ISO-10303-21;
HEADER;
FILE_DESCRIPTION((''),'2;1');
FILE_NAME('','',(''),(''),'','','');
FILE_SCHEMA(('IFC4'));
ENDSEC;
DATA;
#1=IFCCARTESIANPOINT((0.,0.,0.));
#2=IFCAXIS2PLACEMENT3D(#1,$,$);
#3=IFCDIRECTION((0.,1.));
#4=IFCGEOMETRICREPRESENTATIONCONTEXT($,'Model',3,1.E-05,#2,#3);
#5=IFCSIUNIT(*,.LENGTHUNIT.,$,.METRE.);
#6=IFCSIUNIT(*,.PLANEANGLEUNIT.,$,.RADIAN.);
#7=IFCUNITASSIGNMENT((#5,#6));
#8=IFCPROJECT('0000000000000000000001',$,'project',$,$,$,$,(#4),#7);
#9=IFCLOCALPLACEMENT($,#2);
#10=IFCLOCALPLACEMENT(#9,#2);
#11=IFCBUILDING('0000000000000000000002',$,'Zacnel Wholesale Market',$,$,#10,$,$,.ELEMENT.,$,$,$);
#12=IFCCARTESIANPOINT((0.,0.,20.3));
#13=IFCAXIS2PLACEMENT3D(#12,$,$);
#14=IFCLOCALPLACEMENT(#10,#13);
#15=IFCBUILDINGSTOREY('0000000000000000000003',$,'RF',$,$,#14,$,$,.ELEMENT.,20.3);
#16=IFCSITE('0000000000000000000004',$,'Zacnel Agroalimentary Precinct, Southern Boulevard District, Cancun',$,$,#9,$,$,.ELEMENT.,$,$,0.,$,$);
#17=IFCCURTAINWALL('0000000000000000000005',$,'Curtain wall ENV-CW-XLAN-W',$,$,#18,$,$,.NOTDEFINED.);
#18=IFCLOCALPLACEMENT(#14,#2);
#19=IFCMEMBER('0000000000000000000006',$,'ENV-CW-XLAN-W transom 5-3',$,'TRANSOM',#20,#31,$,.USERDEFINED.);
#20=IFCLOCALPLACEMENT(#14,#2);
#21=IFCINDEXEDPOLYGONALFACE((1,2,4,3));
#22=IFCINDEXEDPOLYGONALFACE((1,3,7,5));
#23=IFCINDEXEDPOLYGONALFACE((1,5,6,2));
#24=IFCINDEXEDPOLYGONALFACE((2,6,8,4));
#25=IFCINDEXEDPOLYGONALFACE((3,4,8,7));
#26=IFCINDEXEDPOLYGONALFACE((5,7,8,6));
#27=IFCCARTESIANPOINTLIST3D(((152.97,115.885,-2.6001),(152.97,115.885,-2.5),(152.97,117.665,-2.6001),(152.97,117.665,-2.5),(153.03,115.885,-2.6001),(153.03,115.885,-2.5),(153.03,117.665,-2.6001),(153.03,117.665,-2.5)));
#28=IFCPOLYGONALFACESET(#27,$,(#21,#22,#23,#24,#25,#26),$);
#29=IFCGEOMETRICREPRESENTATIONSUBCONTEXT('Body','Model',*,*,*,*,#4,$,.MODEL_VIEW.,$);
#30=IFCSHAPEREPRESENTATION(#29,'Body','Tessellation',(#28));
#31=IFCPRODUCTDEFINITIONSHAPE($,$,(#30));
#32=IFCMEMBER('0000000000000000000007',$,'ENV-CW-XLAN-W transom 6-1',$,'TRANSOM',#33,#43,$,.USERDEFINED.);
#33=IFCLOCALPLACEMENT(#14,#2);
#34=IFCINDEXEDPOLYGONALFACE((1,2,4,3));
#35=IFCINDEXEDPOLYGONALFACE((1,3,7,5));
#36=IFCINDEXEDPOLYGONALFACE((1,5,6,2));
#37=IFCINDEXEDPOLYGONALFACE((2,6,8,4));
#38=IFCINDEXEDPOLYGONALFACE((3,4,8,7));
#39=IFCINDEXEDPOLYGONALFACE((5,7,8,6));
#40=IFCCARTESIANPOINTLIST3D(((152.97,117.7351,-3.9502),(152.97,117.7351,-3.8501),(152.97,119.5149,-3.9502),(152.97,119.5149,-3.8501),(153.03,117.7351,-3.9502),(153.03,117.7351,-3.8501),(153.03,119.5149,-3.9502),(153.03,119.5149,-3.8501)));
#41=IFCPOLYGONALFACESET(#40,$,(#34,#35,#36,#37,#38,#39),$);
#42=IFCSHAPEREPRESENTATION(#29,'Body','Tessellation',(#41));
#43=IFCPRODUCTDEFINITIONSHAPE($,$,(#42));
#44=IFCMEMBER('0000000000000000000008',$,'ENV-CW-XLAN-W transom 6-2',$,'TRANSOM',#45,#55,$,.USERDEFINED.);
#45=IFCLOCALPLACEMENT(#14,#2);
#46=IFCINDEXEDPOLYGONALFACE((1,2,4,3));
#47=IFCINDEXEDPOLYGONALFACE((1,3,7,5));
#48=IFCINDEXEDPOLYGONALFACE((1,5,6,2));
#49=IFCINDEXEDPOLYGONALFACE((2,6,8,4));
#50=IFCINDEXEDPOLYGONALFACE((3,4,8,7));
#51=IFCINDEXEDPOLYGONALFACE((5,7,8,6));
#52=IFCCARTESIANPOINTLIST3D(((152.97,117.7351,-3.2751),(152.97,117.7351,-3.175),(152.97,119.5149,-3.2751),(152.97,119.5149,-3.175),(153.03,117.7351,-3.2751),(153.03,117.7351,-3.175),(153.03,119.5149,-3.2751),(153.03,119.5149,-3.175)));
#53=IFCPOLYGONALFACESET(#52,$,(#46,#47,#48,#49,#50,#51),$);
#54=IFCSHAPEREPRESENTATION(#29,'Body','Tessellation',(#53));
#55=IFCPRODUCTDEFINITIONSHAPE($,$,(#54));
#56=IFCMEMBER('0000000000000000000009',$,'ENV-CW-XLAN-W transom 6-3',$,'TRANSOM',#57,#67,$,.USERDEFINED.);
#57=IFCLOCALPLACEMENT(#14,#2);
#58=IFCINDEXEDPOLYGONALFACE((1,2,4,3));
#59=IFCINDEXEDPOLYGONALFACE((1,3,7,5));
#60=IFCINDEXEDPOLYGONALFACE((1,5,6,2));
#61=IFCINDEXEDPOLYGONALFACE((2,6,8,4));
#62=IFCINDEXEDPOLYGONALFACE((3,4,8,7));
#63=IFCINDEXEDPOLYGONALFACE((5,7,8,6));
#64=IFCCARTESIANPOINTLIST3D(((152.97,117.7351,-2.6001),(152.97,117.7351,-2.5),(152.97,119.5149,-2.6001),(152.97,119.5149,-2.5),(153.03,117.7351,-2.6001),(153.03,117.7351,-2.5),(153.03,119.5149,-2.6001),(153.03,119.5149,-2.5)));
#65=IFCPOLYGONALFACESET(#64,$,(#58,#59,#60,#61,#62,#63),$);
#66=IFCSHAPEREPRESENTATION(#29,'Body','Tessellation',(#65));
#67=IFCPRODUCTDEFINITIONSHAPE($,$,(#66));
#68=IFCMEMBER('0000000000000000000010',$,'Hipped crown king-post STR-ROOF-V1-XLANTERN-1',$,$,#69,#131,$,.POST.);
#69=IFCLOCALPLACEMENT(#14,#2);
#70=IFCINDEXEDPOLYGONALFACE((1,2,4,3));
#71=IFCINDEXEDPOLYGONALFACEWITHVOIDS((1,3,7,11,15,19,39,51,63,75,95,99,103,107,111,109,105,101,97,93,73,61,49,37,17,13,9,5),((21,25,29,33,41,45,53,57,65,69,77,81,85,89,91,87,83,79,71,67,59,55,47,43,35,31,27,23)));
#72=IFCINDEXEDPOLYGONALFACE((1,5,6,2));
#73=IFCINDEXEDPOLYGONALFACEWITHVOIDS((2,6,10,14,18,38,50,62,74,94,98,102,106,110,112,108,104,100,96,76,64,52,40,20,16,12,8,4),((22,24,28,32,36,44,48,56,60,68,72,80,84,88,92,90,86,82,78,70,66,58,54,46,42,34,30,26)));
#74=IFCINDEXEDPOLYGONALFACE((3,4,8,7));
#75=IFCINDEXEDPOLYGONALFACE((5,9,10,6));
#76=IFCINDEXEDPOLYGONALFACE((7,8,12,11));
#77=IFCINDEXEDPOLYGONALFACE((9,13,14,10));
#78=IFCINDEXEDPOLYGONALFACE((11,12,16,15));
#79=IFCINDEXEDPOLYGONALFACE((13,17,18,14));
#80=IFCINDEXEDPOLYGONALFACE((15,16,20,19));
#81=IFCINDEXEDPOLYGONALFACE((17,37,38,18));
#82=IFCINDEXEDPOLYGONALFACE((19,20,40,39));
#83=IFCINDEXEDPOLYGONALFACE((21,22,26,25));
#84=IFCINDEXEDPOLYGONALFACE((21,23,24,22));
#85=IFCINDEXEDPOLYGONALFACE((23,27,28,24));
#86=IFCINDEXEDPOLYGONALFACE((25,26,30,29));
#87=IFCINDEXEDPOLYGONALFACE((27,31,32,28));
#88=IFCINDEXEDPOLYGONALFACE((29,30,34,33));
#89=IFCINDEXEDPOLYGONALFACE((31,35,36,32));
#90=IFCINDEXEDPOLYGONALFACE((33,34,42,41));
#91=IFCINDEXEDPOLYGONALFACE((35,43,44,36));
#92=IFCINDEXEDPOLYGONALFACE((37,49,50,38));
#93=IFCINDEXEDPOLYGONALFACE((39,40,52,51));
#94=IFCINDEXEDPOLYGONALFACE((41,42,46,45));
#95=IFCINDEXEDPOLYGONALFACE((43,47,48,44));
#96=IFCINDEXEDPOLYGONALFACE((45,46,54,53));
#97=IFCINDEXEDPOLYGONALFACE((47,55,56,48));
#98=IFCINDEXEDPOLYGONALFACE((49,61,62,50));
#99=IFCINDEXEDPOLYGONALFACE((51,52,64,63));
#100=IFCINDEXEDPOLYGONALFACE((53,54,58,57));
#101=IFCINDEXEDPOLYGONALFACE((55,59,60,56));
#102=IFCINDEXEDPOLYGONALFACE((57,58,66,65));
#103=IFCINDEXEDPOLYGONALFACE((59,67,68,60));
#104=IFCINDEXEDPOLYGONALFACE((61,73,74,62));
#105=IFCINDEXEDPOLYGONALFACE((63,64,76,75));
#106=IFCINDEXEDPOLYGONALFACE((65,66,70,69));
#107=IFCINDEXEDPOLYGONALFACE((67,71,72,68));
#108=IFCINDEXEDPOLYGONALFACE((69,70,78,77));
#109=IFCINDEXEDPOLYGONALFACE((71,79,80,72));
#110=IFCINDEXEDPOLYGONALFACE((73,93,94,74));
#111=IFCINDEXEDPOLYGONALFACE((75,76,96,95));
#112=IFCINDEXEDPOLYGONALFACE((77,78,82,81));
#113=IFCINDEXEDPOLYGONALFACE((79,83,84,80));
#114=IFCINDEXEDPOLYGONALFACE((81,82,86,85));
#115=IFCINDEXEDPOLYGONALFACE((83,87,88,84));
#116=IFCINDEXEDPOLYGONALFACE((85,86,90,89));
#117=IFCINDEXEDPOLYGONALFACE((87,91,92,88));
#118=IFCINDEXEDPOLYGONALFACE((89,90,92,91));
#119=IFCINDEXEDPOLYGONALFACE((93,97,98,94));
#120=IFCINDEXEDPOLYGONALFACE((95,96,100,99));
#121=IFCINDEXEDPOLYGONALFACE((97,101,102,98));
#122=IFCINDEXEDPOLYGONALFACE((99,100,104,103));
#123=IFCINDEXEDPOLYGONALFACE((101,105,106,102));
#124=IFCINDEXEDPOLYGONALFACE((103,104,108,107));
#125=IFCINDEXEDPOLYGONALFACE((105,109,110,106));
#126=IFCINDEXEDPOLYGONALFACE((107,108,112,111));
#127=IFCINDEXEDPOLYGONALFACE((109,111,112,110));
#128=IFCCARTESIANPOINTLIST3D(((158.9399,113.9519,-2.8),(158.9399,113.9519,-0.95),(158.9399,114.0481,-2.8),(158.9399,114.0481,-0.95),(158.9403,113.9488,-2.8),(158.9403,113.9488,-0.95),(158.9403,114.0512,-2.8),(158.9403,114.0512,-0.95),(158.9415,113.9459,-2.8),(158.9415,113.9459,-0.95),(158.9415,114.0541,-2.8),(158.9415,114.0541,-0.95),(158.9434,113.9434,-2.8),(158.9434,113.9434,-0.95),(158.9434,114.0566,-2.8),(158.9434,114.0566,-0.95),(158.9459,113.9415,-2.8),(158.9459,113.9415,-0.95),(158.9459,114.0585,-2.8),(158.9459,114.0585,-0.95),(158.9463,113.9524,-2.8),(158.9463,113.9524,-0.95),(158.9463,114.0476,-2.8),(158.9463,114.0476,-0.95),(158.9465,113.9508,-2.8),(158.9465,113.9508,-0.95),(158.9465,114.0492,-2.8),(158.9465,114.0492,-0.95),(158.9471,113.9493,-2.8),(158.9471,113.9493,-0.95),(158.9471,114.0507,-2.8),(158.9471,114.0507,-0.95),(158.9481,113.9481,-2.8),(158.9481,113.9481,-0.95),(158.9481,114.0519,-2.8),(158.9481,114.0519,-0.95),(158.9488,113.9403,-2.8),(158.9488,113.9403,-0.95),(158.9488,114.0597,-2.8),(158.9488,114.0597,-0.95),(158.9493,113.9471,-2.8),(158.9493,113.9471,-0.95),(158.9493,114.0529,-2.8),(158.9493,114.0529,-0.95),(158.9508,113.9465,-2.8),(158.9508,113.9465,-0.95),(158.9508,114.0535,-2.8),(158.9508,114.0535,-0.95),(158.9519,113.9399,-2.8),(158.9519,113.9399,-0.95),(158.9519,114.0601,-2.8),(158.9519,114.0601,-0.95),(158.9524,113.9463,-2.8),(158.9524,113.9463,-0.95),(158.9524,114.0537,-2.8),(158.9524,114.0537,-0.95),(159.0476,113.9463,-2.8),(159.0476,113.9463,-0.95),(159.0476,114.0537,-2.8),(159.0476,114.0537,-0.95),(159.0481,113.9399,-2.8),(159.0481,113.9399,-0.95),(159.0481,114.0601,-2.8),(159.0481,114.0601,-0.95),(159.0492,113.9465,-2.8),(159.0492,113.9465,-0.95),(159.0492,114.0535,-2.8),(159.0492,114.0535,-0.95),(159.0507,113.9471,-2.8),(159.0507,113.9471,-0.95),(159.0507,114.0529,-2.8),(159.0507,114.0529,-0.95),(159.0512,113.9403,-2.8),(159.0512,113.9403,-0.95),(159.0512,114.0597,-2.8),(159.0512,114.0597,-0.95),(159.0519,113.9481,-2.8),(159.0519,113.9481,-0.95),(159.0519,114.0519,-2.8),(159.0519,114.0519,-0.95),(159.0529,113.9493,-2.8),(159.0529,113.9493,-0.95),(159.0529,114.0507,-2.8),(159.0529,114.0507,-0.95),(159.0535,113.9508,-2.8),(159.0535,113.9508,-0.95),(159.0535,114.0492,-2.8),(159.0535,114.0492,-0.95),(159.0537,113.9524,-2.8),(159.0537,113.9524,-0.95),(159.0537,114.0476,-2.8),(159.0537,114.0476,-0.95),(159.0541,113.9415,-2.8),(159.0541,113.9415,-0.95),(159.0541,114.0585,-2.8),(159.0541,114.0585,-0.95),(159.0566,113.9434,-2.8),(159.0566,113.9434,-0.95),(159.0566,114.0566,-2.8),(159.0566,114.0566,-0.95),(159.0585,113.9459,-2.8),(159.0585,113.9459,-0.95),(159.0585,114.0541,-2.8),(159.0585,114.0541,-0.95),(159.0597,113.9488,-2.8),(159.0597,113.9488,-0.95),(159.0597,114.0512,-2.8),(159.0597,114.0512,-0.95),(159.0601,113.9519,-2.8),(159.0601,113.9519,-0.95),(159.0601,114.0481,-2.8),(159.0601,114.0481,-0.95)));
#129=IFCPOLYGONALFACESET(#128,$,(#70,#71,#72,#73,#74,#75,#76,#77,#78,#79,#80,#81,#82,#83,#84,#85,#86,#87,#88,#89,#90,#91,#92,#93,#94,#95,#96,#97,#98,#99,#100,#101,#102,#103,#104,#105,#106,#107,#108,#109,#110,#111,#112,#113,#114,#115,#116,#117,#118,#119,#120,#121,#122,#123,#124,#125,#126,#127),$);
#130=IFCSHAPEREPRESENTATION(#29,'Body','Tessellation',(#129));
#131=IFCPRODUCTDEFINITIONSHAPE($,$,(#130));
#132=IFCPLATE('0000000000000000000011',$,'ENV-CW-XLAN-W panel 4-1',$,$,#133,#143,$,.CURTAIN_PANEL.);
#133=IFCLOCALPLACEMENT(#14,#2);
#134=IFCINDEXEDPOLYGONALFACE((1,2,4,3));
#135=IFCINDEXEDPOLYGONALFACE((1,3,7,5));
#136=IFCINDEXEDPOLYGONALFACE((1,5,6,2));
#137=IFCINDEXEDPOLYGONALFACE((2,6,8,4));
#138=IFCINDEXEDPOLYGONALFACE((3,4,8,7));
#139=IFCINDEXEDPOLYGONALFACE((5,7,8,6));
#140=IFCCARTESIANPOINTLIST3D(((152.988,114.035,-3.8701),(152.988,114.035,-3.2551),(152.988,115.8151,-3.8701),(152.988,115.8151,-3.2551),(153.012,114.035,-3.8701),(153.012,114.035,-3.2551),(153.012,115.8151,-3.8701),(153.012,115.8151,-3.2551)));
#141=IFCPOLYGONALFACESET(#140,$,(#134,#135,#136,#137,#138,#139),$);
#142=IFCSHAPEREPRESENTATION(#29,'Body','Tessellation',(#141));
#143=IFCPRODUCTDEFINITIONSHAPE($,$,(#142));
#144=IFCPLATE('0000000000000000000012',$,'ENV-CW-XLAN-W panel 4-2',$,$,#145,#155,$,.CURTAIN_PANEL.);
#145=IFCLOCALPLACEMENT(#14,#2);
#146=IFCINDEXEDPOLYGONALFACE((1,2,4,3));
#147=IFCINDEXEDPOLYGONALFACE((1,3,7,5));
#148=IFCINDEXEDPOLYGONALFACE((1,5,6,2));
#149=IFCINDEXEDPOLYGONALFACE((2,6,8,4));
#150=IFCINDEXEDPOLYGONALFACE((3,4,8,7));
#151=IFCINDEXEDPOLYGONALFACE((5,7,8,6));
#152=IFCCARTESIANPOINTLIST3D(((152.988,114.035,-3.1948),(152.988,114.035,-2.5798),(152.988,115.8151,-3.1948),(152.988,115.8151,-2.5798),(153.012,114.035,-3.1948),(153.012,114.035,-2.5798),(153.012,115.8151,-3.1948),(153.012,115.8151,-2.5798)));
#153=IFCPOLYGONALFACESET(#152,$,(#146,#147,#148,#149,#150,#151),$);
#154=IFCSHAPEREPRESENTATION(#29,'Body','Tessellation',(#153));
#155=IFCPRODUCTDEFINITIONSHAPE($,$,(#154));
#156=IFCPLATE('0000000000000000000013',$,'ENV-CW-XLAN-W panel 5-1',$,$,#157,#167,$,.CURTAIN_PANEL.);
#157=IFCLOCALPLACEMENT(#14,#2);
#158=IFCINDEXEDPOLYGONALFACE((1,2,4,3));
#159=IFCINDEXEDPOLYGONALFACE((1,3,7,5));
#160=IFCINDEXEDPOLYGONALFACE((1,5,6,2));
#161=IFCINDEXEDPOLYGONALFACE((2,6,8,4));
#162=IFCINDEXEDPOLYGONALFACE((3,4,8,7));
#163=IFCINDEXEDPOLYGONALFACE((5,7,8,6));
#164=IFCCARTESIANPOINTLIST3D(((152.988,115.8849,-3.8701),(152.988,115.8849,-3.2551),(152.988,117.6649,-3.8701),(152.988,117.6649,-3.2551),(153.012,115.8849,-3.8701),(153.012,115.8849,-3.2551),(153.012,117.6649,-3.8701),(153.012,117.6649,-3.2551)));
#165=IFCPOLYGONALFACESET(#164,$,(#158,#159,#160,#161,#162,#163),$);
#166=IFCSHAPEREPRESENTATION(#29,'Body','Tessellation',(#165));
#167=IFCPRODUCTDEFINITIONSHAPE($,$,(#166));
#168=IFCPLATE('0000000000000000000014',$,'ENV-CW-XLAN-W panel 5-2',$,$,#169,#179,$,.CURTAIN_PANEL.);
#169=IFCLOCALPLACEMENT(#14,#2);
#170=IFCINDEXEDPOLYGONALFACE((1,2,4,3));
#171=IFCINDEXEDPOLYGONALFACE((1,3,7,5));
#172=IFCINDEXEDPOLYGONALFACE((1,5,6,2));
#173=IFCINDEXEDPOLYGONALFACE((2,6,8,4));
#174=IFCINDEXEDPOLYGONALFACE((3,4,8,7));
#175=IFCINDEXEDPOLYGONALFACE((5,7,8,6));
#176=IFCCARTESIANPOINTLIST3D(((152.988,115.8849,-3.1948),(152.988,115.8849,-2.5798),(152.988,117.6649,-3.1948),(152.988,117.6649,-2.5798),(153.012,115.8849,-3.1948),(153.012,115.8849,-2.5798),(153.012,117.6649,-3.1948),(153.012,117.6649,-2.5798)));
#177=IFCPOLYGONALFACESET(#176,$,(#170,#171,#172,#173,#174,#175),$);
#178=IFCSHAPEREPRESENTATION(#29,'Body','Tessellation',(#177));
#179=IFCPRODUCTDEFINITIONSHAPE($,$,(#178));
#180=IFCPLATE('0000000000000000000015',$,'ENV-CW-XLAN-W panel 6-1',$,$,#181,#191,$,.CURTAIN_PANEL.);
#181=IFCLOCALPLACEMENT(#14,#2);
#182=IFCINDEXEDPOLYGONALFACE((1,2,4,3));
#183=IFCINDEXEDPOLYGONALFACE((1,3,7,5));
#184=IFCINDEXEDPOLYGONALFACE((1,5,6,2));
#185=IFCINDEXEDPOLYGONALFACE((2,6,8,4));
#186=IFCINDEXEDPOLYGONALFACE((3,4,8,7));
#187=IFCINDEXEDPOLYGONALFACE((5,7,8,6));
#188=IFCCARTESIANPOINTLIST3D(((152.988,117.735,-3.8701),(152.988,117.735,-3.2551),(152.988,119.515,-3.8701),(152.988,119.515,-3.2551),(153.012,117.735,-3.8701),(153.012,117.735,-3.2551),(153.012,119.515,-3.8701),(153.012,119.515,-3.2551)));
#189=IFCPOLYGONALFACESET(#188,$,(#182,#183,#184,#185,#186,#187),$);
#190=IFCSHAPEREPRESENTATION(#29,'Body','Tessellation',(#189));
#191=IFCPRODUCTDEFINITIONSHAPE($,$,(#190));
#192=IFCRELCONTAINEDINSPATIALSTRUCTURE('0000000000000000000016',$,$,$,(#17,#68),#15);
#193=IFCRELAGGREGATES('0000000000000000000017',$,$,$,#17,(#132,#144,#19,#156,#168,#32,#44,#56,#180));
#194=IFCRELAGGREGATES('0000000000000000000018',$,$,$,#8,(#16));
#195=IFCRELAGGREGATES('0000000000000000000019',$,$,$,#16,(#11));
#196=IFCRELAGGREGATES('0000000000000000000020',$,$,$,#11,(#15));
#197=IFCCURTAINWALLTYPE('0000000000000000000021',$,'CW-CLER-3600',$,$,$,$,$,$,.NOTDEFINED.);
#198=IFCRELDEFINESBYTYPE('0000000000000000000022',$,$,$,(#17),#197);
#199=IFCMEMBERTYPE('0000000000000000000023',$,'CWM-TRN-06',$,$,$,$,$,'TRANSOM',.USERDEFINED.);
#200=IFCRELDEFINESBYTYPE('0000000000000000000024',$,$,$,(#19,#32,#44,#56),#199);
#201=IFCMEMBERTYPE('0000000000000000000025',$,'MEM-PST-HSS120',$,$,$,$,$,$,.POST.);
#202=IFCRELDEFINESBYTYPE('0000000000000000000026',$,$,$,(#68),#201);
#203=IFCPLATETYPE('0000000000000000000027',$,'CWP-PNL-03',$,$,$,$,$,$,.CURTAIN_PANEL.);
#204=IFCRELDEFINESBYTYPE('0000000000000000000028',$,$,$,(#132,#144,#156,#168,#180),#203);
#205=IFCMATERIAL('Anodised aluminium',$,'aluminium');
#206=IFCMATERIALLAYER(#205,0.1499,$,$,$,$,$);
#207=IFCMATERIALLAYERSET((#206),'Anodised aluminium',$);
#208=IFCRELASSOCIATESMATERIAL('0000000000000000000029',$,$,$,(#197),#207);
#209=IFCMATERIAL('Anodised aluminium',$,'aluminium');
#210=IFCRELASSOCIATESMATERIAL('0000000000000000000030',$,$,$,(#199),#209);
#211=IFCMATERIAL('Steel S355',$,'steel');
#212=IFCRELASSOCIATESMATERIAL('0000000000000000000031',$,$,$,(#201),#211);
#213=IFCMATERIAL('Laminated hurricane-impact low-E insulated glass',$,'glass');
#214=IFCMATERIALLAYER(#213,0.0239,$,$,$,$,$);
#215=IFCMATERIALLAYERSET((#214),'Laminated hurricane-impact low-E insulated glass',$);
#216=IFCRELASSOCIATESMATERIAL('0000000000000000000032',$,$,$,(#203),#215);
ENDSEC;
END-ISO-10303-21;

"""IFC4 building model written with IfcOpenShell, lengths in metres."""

from ifc_helpers import new_model, si_unit, direction, frame, origin, origin_2d, place, context, subcontext, project, spatial, rectangle, hollow_rectangle, extrude, material, layer, layer_set, material_profile, profile_set, type_object, element, aggregate, save


model = new_model("IFC4")

# Units and contexts
model_context = context("Model", 3, precision=1e-05, world=origin(), true_north=direction((0.0, 1.0)))
body_context = subcontext(model_context, "Body", "Model", "MODEL_VIEW")
ifc_project = project(units=[si_unit("LENGTHUNIT", "METRE"), si_unit("PLANEANGLEUNIT", "RADIAN")], contexts=[model_context])

# Site, building, storey
site_placement = place(None, origin())
site = spatial("IfcSite", under=ifc_project, at=site_placement, Name="Zacnel Agroalimentary Precinct, Southern Boulevard District, Cancun", CompositionType="ELEMENT", RefElevation=0.0)
building_placement = place(site_placement, origin())
building = spatial("IfcBuilding", under=site, at=building_placement, Name="Zacnel Wholesale Market", CompositionType="ELEMENT")
storey_placement = place(building_placement, frame((0.0, 0.0, 20.3)))
storey = spatial("IfcBuildingStorey", under=building, at=storey_placement, Name="RF", CompositionType="ELEMENT", Elevation=20.3)

# Shared definitions
ifc_material_1 = material(Name="Anodised aluminium", Category="aluminium")
ifc_layer_1 = layer(ifc_material_1, 0.1499)
ifc_layer_set_1 = layer_set([ifc_layer_1], Name="Anodised aluminium")
curtain_wall_type = type_object("IfcCurtainWallType", Name="CW-CLER-3600", PredefinedType="NOTDEFINED", material=ifc_layer_set_1)

# Curtain wall
curtain_wall_1_placement = place(storey_placement, origin())
curtain_wall_1 = element("IfcCurtainWall", 1, at=curtain_wall_1_placement, inside=storey, type_object=curtain_wall_type, Name="Curtain wall ENV-CW-XLAN-W", PredefinedType="NOTDEFINED")

# Members
ifc_material_2 = material(Name="Anodised aluminium", Category="aluminium")
ifc_material_profile_1 = material_profile(ifc_material_2, rectangle(XDim=0.0601, YDim=0.1001, at=origin_2d()), Name="AW-TRANSOM 60x100")
ifc_profile_set_1 = profile_set([ifc_material_profile_1], Name="Anodised aluminium")
member_type_1 = type_object("IfcMemberType", Name="CWM-TRN-06", ElementType="TRANSOM", PredefinedType="USERDEFINED", material=ifc_profile_set_1)
member_1_placement = place(storey_placement, frame((153.0, 115.885, -2.55), z_axis=(0.0, 1.0, 0.0), x_axis=(-1.0, 0.0, 0.0)))
member_1 = element("IfcMember", 2, at=member_1_placement, type_object=member_type_1, Name="ENV-CW-XLAN-W transom 5-3", ObjectType="TRANSOM", PredefinedType="USERDEFINED", context=body_context, shape_type="SweptSolid", body=[
    extrude(rectangle(XDim=0.0601, YDim=0.1001, at=origin_2d()), origin(), (0.0, 0.0, 1.0), 1.78),
])
member_2_placement = place(storey_placement, frame((153.0, 117.7351, -3.9001), z_axis=(0.0, 1.0, 0.0), x_axis=(-1.0, 0.0, 0.0)))
member_2 = element("IfcMember", 3, at=member_2_placement, type_object=member_type_1, Name="ENV-CW-XLAN-W transom 6-1", ObjectType="TRANSOM", PredefinedType="USERDEFINED", context=body_context, shape_type="SweptSolid", body=[
    extrude(rectangle(XDim=0.0601, YDim=0.1001, at=origin_2d()), origin(), (0.0, 0.0, 1.0), 1.7798),
])
member_3_placement = place(storey_placement, frame((153.0, 117.7351, -3.2251), z_axis=(0.0, 1.0, 0.0), x_axis=(-1.0, 0.0, 0.0)))
member_3 = element("IfcMember", 4, at=member_3_placement, type_object=member_type_1, Name="ENV-CW-XLAN-W transom 6-2", ObjectType="TRANSOM", PredefinedType="USERDEFINED", context=body_context, shape_type="SweptSolid", body=[
    extrude(rectangle(XDim=0.0601, YDim=0.1001, at=origin_2d()), origin(), (0.0, 0.0, 1.0), 1.7798),
])
member_4_placement = place(storey_placement, frame((153.0, 117.7351, -2.55), z_axis=(0.0, 1.0, 0.0), x_axis=(-1.0, 0.0, 0.0)))
member_4 = element("IfcMember", 5, at=member_4_placement, type_object=member_type_1, Name="ENV-CW-XLAN-W transom 6-3", ObjectType="TRANSOM", PredefinedType="USERDEFINED", context=body_context, shape_type="SweptSolid", body=[
    extrude(rectangle(XDim=0.0601, YDim=0.1001, at=origin_2d()), origin(), (0.0, 0.0, 1.0), 1.7798),
])
ifc_material_3 = material(Name="Steel S355", Category="steel")
ifc_material_profile_2 = material_profile(ifc_material_3, hollow_rectangle(XDim=0.1201, YDim=0.1201, WallThickness=0.0063, InnerFilletRadius=0.0061, OuterFilletRadius=0.012, at=origin_2d()), Name="HSS 120x120x6.3")
ifc_profile_set_2 = profile_set([ifc_material_profile_2], Name="Steel S355")
member_type_2 = type_object("IfcMemberType", Name="MEM-PST-HSS120", PredefinedType="POST", material=ifc_profile_set_2)
member_5_placement = place(storey_placement, frame((159.0, 114.0, -2.8), z_axis=(0.0, 0.0, 1.0), x_axis=(1.0, 0.0, 0.0)))
element("IfcMember", 6, at=member_5_placement, inside=storey, type_object=member_type_2, Name="Hipped crown king-post STR-ROOF-V1-XLANTERN-1", PredefinedType="POST", context=body_context, shape_type="SweptSolid", body=[
    extrude(hollow_rectangle(XDim=0.1201, YDim=0.1201, WallThickness=0.0063, InnerFilletRadius=0.0061, OuterFilletRadius=0.012, at=origin_2d()), origin(), (0.0, 0.0, 1.0), 1.8501),
])

# Plates
ifc_material_4 = material(Name="Laminated hurricane-impact low-E insulated glass", Category="glass")
ifc_layer_2 = layer(ifc_material_4, 0.0239)
ifc_layer_set_2 = layer_set([ifc_layer_2], Name="Laminated hurricane-impact low-E insulated glass")
plate_type = type_object("IfcPlateType", Name="CWP-PNL-03", PredefinedType="CURTAIN_PANEL", material=ifc_layer_set_2)
plate_1_placement = place(storey_placement, frame((153.0, 114.925, -3.8701), z_axis=(0.0, 0.0, 1.0), x_axis=(0.0, 1.0, 0.0)))
plate_1 = element("IfcPlate", 7, at=plate_1_placement, type_object=plate_type, Name="ENV-CW-XLAN-W panel 4-1", PredefinedType="CURTAIN_PANEL", context=body_context, shape_type="SweptSolid", body=[
    extrude(rectangle(XDim=1.78, YDim=0.0239, at=origin_2d()), origin(), (0.0, 0.0, 1.0), 0.615),
])
plate_2_placement = place(storey_placement, frame((153.0, 114.925, -3.1948), z_axis=(0.0, 0.0, 1.0), x_axis=(0.0, 1.0, 0.0)))
plate_2 = element("IfcPlate", 8, at=plate_2_placement, type_object=plate_type, Name="ENV-CW-XLAN-W panel 4-2", PredefinedType="CURTAIN_PANEL", context=body_context, shape_type="SweptSolid", body=[
    extrude(rectangle(XDim=1.78, YDim=0.0239, at=origin_2d()), origin(), (0.0, 0.0, 1.0), 0.615),
])
plate_3_placement = place(storey_placement, frame((153.0, 116.7749, -3.8701), z_axis=(0.0, 0.0, 1.0), x_axis=(0.0, 1.0, 0.0)))
plate_3 = element("IfcPlate", 9, at=plate_3_placement, type_object=plate_type, Name="ENV-CW-XLAN-W panel 5-1", PredefinedType="CURTAIN_PANEL", context=body_context, shape_type="SweptSolid", body=[
    extrude(rectangle(XDim=1.78, YDim=0.0239, at=origin_2d()), origin(), (0.0, 0.0, 1.0), 0.615),
])
plate_4_placement = place(storey_placement, frame((153.0, 116.7749, -3.1948), z_axis=(0.0, 0.0, 1.0), x_axis=(0.0, 1.0, 0.0)))
plate_4 = element("IfcPlate", 10, at=plate_4_placement, type_object=plate_type, Name="ENV-CW-XLAN-W panel 5-2", PredefinedType="CURTAIN_PANEL", context=body_context, shape_type="SweptSolid", body=[
    extrude(rectangle(XDim=1.78, YDim=0.0239, at=origin_2d()), origin(), (0.0, 0.0, 1.0), 0.615),
])
plate_5_placement = place(storey_placement, frame((153.0, 118.625, -3.8701), z_axis=(0.0, 0.0, 1.0), x_axis=(0.0, 1.0, 0.0)))
plate_5 = element("IfcPlate", 11, at=plate_5_placement, type_object=plate_type, Name="ENV-CW-XLAN-W panel 6-1", PredefinedType="CURTAIN_PANEL", context=body_context, shape_type="SweptSolid", body=[
    extrude(rectangle(XDim=1.78, YDim=0.0239, at=origin_2d()), origin(), (0.0, 0.0, 1.0), 0.615),
])
aggregate(curtain_wall_1, [plate_1, plate_2, member_1, plate_3, plate_4, member_2, member_3, member_4, plate_5])

save(model, "model.ifc")
